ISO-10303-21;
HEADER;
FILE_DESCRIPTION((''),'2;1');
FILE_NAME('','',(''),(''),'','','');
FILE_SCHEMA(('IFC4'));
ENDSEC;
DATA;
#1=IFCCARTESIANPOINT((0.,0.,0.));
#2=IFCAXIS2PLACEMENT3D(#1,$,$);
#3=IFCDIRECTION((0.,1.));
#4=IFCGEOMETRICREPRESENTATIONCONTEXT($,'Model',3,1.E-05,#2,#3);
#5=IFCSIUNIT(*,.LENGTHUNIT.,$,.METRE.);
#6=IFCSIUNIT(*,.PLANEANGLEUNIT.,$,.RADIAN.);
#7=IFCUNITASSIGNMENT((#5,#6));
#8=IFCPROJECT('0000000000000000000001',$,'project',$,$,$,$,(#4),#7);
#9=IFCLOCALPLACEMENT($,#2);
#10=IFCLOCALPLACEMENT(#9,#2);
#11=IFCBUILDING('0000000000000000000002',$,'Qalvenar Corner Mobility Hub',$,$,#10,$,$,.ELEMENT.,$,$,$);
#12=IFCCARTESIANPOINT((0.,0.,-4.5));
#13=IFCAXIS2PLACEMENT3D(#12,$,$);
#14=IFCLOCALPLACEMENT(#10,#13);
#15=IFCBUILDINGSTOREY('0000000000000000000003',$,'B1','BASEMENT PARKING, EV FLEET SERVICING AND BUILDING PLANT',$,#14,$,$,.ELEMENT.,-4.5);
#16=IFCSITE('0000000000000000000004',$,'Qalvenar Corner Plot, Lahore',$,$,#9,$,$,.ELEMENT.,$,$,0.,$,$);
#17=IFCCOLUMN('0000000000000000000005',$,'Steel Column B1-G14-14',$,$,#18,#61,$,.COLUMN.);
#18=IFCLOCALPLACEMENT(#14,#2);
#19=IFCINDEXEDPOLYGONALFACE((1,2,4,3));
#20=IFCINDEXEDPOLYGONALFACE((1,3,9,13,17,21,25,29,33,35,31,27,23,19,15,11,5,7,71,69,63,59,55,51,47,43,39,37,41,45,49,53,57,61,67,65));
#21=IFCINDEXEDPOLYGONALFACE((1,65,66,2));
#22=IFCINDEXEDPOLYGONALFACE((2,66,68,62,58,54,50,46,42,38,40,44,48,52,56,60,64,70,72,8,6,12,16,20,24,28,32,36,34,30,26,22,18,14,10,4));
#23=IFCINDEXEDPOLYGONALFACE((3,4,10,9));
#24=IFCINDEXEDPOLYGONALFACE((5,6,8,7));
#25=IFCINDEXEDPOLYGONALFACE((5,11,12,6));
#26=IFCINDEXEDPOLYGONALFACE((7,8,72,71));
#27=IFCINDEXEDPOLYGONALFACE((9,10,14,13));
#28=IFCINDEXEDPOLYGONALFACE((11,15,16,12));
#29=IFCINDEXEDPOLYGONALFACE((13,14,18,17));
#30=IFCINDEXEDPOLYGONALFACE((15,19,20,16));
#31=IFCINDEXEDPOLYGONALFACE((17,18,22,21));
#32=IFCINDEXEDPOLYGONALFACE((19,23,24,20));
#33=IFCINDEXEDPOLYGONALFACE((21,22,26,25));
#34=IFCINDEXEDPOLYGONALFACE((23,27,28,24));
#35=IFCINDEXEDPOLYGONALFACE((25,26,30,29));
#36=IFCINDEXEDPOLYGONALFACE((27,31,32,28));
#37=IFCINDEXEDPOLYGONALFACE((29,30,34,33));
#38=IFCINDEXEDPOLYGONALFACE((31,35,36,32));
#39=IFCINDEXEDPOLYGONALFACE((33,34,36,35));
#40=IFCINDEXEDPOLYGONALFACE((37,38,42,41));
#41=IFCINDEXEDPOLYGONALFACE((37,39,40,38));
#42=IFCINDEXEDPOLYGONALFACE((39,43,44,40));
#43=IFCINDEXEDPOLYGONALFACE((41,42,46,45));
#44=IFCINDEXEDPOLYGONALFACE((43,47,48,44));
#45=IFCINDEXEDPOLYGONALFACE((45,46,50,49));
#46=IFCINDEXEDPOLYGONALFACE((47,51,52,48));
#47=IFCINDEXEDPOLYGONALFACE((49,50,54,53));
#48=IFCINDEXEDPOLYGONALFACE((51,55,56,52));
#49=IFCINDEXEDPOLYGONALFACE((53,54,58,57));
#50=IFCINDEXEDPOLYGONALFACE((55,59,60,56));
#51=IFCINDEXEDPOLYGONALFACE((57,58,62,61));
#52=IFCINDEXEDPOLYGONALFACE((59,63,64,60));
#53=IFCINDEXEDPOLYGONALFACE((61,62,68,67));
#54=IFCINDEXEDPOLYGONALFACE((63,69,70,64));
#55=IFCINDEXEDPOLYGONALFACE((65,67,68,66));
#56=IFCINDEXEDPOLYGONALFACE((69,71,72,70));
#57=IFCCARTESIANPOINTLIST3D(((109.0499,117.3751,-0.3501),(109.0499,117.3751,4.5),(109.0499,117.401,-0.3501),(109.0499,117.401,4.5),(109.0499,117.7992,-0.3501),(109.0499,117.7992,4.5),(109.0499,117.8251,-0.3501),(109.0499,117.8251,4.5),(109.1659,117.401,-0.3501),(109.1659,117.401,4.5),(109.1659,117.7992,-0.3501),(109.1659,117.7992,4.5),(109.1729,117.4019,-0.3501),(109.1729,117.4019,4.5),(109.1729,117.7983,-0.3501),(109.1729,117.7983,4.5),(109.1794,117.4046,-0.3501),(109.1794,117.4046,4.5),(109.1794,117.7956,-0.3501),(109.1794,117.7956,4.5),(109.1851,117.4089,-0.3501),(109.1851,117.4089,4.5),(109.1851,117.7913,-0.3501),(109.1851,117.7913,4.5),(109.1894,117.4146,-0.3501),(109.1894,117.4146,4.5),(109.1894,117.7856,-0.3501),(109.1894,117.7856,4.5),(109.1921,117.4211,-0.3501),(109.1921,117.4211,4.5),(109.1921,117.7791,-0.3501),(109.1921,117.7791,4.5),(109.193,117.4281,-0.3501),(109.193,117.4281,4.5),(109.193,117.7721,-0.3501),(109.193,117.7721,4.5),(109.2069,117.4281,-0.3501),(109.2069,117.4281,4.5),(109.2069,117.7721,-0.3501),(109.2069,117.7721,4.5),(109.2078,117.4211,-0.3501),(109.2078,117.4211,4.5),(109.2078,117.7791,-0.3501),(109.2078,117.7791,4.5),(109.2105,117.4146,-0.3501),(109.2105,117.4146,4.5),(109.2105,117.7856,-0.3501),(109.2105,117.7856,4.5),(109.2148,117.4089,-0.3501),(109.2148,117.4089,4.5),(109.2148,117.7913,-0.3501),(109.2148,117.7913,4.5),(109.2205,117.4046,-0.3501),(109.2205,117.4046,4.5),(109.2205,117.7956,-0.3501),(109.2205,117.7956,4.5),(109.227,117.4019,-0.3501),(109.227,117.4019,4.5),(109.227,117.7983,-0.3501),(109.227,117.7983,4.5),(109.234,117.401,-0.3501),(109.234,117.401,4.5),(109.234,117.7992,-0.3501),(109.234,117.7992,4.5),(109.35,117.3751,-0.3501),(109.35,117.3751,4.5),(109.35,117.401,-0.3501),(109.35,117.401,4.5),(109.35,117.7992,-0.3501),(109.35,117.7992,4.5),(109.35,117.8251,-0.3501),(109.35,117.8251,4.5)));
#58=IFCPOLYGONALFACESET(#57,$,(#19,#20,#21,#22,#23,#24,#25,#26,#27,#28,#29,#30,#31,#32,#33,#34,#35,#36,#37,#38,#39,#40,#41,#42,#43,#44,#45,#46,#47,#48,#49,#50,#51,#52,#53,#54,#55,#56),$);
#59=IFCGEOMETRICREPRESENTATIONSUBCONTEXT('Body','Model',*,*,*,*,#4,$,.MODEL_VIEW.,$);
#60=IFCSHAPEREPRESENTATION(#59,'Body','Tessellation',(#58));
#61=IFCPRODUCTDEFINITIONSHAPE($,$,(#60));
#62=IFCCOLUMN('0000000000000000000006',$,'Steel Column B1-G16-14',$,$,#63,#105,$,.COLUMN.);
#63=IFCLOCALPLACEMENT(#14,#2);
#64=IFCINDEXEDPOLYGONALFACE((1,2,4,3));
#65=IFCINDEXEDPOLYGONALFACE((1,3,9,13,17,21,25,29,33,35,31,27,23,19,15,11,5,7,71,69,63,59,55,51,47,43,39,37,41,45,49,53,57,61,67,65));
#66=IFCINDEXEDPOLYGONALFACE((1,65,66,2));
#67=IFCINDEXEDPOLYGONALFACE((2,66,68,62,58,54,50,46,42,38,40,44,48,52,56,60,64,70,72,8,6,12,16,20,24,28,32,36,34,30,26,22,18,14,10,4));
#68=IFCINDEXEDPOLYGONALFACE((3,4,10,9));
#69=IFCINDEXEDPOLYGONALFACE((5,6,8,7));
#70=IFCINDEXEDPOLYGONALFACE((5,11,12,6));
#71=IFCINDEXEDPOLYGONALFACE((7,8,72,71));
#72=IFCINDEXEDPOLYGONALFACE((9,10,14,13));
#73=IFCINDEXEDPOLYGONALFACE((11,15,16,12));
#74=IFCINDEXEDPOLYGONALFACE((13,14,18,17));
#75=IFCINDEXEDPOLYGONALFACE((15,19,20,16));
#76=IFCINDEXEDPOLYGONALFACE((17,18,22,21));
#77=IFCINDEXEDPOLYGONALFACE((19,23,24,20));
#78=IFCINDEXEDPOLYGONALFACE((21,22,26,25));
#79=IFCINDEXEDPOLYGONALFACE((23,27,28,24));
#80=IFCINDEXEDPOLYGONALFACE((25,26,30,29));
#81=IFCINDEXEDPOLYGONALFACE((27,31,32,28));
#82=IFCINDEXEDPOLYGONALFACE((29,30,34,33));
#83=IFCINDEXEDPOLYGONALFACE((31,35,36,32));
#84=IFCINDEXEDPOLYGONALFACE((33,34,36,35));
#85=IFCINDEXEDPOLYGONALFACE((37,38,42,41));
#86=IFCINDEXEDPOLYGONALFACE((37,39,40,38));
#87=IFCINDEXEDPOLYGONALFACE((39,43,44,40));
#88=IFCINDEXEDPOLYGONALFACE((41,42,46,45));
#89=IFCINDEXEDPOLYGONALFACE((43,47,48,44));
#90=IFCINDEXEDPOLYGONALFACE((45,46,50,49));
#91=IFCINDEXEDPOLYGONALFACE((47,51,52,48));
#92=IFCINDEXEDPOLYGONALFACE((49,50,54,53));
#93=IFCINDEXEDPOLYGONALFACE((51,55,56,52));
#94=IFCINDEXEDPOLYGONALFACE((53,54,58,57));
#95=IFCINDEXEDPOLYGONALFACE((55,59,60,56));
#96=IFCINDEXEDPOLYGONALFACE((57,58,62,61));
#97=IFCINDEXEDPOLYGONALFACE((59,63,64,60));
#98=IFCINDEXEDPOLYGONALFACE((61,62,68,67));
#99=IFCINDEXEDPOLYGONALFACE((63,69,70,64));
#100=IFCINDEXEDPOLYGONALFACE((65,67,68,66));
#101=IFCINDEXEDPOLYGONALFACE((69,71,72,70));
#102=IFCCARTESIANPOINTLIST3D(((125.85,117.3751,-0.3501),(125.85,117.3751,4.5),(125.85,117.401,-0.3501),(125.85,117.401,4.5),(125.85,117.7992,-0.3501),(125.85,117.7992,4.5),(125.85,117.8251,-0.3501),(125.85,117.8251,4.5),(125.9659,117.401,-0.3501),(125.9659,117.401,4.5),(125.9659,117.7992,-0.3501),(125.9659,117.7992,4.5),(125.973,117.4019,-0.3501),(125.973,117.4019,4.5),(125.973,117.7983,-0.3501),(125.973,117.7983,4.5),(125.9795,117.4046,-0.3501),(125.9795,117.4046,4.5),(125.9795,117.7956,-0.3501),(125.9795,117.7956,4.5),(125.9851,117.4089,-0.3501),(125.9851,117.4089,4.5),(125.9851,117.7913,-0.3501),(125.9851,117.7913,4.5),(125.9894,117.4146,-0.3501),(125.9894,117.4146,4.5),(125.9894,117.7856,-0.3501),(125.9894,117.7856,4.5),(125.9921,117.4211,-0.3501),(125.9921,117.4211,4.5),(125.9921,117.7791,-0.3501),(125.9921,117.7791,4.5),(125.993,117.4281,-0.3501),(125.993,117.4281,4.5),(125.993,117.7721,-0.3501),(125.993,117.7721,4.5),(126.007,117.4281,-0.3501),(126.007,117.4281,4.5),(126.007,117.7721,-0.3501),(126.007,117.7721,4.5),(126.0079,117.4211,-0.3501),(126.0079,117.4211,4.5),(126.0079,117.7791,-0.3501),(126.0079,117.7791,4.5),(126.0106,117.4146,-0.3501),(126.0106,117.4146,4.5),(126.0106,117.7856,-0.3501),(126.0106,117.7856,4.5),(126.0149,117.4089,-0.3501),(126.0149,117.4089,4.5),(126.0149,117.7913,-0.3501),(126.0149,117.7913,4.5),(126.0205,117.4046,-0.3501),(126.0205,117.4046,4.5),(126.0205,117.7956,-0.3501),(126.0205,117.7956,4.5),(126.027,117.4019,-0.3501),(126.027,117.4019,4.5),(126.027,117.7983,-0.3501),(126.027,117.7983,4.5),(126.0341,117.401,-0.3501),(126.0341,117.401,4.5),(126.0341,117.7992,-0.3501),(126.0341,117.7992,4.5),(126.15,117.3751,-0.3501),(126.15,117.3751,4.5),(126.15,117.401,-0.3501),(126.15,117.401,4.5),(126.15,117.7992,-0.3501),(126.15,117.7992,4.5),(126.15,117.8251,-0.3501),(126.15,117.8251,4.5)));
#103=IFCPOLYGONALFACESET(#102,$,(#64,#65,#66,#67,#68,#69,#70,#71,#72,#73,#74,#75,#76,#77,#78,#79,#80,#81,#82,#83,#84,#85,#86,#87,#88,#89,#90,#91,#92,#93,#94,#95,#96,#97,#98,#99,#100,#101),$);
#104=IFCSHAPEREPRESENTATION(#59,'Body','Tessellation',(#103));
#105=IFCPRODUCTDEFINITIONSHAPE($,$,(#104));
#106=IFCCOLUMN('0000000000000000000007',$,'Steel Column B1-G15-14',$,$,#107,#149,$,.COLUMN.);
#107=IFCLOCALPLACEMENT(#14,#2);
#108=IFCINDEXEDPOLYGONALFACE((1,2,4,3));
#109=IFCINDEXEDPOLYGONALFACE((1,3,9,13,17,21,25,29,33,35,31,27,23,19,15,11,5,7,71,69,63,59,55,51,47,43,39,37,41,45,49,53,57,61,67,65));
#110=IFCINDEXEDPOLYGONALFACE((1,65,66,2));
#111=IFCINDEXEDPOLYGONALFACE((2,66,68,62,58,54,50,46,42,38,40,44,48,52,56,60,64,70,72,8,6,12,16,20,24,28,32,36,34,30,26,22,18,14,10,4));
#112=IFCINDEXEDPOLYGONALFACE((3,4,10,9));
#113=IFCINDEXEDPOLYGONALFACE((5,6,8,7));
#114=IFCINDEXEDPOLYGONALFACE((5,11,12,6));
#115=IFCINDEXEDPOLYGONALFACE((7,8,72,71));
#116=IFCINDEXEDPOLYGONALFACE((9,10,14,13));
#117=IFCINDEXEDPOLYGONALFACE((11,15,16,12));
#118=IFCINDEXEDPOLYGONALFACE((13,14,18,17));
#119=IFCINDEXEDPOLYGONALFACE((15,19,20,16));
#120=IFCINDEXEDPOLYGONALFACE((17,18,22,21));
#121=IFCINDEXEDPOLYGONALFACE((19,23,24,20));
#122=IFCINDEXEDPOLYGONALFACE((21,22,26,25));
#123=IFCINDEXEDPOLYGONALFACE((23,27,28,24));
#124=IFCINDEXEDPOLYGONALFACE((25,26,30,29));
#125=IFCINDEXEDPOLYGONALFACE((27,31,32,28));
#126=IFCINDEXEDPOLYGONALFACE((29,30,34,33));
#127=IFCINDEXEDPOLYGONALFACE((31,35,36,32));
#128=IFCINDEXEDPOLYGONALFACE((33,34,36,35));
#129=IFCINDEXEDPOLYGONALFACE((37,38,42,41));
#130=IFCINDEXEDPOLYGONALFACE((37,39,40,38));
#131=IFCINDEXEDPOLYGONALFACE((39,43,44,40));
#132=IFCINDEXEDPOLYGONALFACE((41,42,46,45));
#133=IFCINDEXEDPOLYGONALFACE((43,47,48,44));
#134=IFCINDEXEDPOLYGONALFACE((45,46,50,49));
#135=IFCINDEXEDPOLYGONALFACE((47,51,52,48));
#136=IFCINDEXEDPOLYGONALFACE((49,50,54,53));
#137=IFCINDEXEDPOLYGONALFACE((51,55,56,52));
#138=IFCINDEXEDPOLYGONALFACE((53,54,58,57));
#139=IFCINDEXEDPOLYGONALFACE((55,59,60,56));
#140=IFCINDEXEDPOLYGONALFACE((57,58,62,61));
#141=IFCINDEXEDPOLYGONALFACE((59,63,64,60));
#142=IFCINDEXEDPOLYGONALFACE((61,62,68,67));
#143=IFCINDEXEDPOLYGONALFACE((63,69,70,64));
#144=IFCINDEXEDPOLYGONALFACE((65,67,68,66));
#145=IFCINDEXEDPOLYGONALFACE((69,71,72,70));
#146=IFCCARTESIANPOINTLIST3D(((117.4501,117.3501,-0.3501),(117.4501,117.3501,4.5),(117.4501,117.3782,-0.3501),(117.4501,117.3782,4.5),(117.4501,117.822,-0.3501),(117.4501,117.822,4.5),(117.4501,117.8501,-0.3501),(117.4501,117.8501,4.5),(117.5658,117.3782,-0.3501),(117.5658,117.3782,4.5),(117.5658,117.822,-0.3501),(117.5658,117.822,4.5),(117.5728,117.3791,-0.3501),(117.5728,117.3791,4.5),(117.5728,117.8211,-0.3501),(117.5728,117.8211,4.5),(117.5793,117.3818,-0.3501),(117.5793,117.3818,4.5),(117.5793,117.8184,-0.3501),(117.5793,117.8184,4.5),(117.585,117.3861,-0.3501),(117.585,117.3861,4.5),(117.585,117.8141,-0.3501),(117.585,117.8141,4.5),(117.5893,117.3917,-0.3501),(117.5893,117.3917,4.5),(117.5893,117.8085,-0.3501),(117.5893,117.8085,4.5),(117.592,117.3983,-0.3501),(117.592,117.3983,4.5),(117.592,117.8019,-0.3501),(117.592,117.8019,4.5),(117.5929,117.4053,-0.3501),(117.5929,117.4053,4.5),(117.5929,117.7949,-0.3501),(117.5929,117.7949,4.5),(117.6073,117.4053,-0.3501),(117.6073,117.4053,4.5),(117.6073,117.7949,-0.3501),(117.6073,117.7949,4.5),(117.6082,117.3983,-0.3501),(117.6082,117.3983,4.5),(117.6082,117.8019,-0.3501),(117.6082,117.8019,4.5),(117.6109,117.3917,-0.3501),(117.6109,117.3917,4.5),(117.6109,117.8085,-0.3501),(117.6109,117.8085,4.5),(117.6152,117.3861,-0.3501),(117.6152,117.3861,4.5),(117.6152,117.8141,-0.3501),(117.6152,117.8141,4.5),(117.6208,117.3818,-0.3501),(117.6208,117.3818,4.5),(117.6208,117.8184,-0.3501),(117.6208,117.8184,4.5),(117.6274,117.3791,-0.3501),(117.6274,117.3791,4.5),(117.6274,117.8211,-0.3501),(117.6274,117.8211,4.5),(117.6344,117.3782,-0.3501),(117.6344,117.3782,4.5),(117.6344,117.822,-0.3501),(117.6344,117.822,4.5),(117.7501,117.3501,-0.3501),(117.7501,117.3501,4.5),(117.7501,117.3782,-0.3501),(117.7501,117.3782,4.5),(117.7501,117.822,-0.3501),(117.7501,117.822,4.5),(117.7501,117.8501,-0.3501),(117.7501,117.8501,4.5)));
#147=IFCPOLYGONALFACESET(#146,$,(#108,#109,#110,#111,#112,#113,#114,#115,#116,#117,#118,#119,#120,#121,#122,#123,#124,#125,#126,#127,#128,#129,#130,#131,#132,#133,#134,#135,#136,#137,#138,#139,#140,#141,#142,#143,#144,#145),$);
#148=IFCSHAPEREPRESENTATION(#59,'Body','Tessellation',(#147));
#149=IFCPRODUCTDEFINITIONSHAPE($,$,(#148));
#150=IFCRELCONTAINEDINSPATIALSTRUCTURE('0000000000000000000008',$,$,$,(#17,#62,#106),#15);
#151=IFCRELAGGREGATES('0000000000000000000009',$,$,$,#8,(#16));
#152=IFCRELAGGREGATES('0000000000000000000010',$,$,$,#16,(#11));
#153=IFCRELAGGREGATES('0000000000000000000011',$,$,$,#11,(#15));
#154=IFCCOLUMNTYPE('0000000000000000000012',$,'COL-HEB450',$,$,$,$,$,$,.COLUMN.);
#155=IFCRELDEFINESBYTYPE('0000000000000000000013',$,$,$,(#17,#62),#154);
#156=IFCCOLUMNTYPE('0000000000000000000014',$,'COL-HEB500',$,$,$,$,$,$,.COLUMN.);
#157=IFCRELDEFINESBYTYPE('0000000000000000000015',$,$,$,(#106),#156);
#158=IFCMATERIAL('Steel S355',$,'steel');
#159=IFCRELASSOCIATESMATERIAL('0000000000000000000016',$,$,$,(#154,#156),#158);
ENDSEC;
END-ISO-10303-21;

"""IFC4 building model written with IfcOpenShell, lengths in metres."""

from ifc_helpers import new_model, si_unit, direction, frame, origin, origin_2d, place, context, subcontext, project, spatial, i_section, extrude, material, material_profile, profile_set, type_object, element, save


model = new_model("IFC4")

# Units and contexts
model_context = context("Model", 3, precision=1e-05, world=origin(), true_north=direction((0.0, 1.0)))
body_context = subcontext(model_context, "Body", "Model", "MODEL_VIEW")
ifc_project = project(units=[si_unit("LENGTHUNIT", "METRE"), si_unit("PLANEANGLEUNIT", "RADIAN")], contexts=[model_context])

# Site, building, storey
site_placement = place(None, origin())
site = spatial("IfcSite", under=ifc_project, at=site_placement, Name="Qalvenar Corner Plot, Lahore", CompositionType="ELEMENT", RefElevation=0.0)
building_placement = place(site_placement, origin())
building = spatial("IfcBuilding", under=site, at=building_placement, Name="Qalvenar Corner Mobility Hub", CompositionType="ELEMENT")
storey_placement = place(building_placement, frame((0.0, 0.0, -4.5)))
storey = spatial("IfcBuildingStorey", under=building, at=storey_placement, Name="B1", Description="BASEMENT PARKING, EV FLEET SERVICING AND BUILDING PLANT", CompositionType="ELEMENT", Elevation=-4.5)

# Columns
ifc_material_1 = material(Name="Steel S355", Category="steel")
ifc_material_profile_1 = material_profile(ifc_material_1, i_section(OverallWidth=0.3, OverallDepth=0.45, WebThickness=0.0139, FlangeThickness=0.0259, FilletRadius=0.0271, at=origin_2d()), Name="HEB450")
ifc_profile_set_1 = profile_set([ifc_material_profile_1], Name="Steel S355")
column_type_1 = type_object("IfcColumnType", Name="COL-HEB450", PredefinedType="COLUMN", material=ifc_profile_set_1)
for number, where, z_axis, x_axis, name in (
    (1, (109.2, 117.6001, -0.3501), (0.0, 0.0, 1.0), (1.0, 0.0, 0.0), "Steel Column B1-G14-14"),
    (2, (126.0, 117.6001, -0.3501), (0.0, 0.0, 1.0), (1.0, 0.0, 0.0), "Steel Column B1-G16-14"),
):
    element("IfcColumn", number, at=place(storey_placement, frame(where, z_axis=z_axis, x_axis=x_axis)), inside=storey, type_object=column_type_1, Name=name, PredefinedType="COLUMN", context=body_context, shape_type="SweptSolid", body=[
        extrude(i_section(OverallWidth=0.3, OverallDepth=0.45, WebThickness=0.0139, FlangeThickness=0.0259, FilletRadius=0.0271, at=origin_2d()), origin(), (0.0, 0.0, 1.0), 4.8501),
    ])
ifc_material_profile_2 = material_profile(ifc_material_1, i_section(OverallWidth=0.3, OverallDepth=0.5, WebThickness=0.0144, FlangeThickness=0.0281, FilletRadius=0.0271, at=origin_2d()), Name="HEB500")
ifc_profile_set_2 = profile_set([ifc_material_profile_2], Name="Steel S355")
column_type_2 = type_object("IfcColumnType", Name="COL-HEB500", PredefinedType="COLUMN", material=ifc_profile_set_2)
column_1_placement = place(storey_placement, frame((117.6001, 117.6001, -0.3501), z_axis=(0.0, 0.0, 1.0), x_axis=(1.0, 0.0, 0.0)))
element("IfcColumn", 3, at=column_1_placement, inside=storey, type_object=column_type_2, Name="Steel Column B1-G15-14", PredefinedType="COLUMN", context=body_context, shape_type="SweptSolid", body=[
    extrude(i_section(OverallWidth=0.3, OverallDepth=0.5, WebThickness=0.0144, FlangeThickness=0.0281, FilletRadius=0.0271, at=origin_2d()), origin(), (0.0, 0.0, 1.0), 4.8501),
])

save(model, "model.ifc")
